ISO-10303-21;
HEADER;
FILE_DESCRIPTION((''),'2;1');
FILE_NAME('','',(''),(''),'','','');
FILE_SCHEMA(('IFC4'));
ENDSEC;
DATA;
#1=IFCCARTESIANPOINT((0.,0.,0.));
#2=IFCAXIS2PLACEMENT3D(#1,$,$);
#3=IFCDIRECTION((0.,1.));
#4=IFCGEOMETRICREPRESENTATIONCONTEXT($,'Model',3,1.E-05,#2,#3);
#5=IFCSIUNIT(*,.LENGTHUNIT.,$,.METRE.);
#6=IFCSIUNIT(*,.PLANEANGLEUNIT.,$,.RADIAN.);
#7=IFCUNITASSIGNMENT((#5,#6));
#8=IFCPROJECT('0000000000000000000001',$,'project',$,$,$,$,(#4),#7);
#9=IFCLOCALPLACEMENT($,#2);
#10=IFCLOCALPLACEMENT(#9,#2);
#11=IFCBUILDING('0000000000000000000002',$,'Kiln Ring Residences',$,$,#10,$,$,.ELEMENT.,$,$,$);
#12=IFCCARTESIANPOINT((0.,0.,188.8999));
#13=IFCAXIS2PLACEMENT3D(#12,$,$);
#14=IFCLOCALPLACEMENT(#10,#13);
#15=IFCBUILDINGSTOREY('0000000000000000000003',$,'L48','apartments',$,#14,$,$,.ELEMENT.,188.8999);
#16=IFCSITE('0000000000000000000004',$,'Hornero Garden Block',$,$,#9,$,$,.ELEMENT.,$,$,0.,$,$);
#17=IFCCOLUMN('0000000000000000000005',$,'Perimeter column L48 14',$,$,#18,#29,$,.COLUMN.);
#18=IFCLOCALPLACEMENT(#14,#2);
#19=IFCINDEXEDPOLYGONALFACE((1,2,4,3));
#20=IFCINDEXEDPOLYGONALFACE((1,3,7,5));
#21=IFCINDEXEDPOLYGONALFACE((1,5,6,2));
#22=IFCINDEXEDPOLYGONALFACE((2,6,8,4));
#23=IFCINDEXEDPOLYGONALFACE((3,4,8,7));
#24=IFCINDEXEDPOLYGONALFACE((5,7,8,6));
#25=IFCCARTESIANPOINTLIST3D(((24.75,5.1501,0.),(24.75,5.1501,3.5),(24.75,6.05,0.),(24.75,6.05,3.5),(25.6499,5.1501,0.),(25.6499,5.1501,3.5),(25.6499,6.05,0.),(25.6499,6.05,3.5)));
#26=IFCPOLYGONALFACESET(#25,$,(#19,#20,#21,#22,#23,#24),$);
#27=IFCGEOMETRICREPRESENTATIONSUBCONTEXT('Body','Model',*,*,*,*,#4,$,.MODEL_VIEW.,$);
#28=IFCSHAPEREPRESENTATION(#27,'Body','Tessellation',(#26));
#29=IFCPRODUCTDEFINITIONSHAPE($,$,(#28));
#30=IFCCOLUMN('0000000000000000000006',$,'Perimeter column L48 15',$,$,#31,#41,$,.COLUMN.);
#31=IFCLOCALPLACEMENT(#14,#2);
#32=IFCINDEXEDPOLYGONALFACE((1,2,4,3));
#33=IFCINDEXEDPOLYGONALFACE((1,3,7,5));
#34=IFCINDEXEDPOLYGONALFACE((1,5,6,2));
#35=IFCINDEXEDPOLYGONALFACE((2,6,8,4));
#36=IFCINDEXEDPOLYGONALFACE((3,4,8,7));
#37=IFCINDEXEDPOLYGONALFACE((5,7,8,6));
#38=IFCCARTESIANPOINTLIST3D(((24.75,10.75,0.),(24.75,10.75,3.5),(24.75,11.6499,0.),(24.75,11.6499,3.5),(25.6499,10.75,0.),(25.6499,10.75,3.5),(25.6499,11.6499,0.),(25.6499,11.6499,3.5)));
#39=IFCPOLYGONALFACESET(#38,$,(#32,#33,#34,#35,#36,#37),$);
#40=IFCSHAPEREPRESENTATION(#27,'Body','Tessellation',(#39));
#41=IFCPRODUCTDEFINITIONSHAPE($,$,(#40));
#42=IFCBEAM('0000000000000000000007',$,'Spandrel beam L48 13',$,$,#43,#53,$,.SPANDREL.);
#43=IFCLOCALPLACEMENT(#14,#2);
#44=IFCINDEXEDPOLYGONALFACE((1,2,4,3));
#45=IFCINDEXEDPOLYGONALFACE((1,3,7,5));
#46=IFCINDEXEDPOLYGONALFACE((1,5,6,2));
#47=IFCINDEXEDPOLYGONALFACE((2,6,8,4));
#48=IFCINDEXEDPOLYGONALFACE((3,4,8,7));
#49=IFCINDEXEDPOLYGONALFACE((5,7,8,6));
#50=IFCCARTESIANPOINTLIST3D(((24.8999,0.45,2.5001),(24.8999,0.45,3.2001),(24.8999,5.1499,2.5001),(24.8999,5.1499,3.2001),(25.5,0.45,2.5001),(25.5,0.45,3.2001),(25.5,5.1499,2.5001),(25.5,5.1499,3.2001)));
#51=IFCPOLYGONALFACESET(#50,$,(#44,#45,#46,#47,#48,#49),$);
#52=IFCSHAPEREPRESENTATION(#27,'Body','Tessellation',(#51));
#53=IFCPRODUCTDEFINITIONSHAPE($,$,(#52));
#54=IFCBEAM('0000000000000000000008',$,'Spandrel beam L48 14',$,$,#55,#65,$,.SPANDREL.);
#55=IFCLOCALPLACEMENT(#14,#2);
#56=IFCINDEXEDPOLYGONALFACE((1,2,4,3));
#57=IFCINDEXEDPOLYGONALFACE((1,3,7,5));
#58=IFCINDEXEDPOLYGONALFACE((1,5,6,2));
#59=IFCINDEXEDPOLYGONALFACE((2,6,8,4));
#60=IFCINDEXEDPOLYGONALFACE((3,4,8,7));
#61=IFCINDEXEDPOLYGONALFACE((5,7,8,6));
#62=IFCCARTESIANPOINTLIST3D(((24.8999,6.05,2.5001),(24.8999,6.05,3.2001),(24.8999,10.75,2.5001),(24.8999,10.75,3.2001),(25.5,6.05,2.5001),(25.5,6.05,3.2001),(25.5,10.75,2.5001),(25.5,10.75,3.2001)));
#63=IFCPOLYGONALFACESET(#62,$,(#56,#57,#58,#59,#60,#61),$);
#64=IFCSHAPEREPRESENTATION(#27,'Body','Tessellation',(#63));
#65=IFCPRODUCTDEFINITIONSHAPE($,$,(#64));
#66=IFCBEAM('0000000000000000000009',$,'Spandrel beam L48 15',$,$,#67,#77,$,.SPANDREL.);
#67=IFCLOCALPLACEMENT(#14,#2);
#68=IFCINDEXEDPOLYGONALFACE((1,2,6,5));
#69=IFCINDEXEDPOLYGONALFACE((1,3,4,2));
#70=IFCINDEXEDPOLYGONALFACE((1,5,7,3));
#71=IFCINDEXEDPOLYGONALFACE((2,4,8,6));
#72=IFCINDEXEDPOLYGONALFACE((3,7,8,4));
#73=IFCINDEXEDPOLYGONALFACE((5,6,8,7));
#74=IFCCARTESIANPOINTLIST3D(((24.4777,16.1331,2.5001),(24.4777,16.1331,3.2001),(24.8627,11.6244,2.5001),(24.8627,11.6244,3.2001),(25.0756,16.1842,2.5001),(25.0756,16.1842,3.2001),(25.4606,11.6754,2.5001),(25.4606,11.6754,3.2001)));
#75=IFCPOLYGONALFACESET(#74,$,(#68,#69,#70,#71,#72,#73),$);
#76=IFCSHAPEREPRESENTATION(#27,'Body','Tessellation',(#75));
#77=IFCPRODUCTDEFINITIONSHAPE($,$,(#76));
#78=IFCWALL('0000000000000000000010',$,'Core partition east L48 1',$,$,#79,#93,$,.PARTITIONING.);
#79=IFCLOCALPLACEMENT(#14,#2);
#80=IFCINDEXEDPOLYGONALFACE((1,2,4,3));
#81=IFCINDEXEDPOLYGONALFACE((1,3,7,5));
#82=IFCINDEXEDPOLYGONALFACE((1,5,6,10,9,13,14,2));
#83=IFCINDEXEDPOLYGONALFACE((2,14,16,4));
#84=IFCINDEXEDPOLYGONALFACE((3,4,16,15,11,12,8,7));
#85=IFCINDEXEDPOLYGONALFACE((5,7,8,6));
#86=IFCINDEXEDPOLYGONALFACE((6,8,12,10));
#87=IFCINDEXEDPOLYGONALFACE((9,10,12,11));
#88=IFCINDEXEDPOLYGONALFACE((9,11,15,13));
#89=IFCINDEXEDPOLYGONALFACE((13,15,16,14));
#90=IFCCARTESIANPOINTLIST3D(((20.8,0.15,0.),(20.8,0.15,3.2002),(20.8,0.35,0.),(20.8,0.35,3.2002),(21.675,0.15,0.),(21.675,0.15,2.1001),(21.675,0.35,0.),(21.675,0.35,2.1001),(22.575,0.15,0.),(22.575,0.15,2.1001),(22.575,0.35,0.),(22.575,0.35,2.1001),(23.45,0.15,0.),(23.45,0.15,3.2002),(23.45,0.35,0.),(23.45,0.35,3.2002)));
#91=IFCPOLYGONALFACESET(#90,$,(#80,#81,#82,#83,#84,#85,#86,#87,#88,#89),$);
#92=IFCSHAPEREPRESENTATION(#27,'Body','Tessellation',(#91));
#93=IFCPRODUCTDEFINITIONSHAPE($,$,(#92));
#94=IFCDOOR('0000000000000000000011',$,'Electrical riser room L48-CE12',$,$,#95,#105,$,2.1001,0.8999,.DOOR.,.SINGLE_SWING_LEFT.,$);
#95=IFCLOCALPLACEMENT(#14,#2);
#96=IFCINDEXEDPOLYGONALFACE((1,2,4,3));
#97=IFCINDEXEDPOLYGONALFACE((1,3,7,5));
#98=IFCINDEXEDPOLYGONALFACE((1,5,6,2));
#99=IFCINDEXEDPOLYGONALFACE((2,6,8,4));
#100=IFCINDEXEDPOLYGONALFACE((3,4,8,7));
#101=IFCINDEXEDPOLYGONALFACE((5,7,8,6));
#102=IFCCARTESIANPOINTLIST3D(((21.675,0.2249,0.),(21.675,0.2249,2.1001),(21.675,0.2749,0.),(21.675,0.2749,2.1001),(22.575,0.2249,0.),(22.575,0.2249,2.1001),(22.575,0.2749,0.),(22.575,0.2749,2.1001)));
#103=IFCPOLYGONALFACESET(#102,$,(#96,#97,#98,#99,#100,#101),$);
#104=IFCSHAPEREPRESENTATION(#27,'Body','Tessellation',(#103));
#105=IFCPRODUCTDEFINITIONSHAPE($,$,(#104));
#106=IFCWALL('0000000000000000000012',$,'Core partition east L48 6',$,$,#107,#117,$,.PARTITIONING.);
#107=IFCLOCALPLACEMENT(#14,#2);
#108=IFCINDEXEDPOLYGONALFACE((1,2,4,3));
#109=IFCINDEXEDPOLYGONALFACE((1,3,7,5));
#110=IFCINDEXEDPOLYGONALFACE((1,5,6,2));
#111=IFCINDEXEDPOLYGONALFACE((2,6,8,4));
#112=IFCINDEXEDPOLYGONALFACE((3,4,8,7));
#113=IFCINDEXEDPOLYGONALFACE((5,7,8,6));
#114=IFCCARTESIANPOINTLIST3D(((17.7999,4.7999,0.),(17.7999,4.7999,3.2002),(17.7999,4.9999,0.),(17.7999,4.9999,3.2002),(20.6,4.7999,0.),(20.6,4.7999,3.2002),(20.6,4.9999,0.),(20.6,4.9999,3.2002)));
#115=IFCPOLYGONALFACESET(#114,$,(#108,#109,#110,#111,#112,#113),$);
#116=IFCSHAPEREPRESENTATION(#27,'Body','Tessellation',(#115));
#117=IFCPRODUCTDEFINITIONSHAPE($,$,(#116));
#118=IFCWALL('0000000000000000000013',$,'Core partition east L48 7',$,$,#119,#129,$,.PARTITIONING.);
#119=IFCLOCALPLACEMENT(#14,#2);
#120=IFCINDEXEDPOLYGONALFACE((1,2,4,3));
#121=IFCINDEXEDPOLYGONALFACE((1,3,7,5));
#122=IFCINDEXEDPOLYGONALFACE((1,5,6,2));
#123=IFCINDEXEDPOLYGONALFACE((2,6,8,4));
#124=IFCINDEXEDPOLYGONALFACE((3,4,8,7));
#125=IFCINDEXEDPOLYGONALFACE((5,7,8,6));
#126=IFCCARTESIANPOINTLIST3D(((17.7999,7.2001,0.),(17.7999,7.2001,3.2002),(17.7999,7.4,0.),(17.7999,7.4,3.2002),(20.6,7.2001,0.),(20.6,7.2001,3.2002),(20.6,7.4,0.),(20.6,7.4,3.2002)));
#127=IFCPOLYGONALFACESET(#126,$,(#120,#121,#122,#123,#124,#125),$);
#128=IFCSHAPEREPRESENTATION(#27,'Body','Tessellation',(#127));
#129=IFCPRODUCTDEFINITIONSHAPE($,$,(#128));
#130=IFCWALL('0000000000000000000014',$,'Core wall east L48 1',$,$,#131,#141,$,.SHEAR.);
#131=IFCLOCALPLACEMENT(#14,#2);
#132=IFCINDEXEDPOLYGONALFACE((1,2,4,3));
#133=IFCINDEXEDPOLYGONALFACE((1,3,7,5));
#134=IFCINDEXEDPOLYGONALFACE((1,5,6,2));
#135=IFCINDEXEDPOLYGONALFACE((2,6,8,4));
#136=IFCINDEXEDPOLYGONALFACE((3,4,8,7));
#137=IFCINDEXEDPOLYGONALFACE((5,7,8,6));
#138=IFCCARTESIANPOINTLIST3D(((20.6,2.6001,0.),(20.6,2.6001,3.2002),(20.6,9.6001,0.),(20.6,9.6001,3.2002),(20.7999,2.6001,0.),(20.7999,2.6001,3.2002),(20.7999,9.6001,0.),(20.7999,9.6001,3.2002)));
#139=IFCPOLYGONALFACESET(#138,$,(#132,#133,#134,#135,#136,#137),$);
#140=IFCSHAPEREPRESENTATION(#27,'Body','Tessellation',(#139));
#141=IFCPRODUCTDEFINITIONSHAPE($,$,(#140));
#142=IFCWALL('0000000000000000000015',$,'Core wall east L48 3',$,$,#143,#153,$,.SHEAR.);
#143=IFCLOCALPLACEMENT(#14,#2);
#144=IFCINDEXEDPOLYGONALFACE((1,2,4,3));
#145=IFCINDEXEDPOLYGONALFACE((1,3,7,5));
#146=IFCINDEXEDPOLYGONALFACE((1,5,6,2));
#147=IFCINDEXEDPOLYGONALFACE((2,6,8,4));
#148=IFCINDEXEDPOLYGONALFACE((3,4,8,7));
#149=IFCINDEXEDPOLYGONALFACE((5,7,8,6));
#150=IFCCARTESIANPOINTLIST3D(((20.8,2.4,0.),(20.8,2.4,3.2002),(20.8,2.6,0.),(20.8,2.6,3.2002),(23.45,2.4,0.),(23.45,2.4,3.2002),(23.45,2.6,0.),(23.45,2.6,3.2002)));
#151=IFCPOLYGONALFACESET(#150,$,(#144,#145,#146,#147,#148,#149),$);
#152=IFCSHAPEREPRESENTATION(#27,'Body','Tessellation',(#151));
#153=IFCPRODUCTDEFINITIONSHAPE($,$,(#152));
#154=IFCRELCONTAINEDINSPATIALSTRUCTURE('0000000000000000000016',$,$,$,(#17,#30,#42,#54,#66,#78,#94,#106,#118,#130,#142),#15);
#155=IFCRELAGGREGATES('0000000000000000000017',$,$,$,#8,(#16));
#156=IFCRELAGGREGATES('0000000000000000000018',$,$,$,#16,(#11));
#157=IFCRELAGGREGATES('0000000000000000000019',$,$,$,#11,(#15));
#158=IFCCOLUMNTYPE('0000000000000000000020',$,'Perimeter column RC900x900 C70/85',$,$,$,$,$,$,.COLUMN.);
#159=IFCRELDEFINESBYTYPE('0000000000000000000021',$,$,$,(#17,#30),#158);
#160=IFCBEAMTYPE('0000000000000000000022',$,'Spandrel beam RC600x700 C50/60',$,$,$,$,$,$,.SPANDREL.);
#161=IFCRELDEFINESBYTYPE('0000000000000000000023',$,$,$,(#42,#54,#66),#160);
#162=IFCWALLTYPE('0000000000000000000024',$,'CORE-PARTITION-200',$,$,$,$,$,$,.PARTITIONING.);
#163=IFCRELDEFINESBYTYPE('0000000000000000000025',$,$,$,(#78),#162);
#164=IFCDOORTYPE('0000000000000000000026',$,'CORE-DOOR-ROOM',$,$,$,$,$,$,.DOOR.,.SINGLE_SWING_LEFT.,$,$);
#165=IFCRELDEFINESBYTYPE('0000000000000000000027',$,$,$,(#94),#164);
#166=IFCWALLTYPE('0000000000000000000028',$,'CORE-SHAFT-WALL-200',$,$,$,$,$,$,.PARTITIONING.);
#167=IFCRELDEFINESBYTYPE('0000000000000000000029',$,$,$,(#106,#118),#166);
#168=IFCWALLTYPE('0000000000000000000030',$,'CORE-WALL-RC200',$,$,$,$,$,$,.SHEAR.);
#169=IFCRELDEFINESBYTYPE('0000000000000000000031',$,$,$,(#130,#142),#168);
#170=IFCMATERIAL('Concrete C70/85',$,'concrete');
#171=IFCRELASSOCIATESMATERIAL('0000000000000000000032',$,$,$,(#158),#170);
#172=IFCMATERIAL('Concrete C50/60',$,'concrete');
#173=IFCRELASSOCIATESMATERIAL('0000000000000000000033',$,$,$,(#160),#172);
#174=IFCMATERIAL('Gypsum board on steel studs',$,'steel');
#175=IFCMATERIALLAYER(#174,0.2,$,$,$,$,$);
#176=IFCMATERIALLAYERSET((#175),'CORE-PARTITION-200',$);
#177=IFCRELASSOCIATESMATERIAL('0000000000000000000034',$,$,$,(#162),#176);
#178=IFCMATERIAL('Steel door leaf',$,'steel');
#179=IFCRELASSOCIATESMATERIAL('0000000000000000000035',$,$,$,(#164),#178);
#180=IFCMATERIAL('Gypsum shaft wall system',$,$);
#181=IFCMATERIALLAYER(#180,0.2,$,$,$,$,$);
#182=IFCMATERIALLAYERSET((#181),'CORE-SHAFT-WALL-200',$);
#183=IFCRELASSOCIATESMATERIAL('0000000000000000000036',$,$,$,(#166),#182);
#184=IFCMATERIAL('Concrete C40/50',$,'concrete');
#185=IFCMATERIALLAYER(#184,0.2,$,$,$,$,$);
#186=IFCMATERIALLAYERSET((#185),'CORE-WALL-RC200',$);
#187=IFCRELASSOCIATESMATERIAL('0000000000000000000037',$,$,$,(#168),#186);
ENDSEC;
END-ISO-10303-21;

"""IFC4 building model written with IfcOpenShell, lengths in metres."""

from ifc_helpers import new_model, si_unit, direction, frame, frame_2d, origin, origin_2d, place, context, subcontext, project, spatial, rectangle, extrude, material, layer, layer_set, material_profile, profile_set, type_object, element, fill, save


model = new_model("IFC4")

# Units and contexts
model_context = context("Model", 3, precision=1e-05, world=origin(), true_north=direction((0.0, 1.0)))
body_context = subcontext(model_context, "Body", "Model", "MODEL_VIEW")
ifc_project = project(units=[si_unit("LENGTHUNIT", "METRE"), si_unit("PLANEANGLEUNIT", "RADIAN")], contexts=[model_context])

# Site, building, storey
site_placement = place(None, origin())
site = spatial("IfcSite", under=ifc_project, at=site_placement, Name="Hornero Garden Block", CompositionType="ELEMENT", RefElevation=0.0)
building_placement = place(site_placement, origin())
building = spatial("IfcBuilding", under=site, at=building_placement, Name="Kiln Ring Residences", CompositionType="ELEMENT")
storey_placement = place(building_placement, frame((0.0, 0.0, 188.8999)))
storey = spatial("IfcBuildingStorey", under=building, at=storey_placement, Name="L48", Description="apartments", CompositionType="ELEMENT", Elevation=188.8999)

# Columns
ifc_material_1 = material(Name="Concrete C70/85", Category="concrete")
ifc_material_profile_1 = material_profile(ifc_material_1, rectangle(XDim=0.8999, YDim=0.8999, at=origin_2d()), Name="RC900x900")
ifc_profile_set_1 = profile_set([ifc_material_profile_1], Name="Concrete C70/85")
column_type = type_object("IfcColumnType", Name="Perimeter column RC900x900 C70/85", PredefinedType="COLUMN", material=ifc_profile_set_1)
for number, where, z_axis, x_axis, name in (
    (1, (25.2, 5.6001, 0.0), (0.0, 0.0, 1.0), (1.0, 0.0, 0.0), "Perimeter column L48 14"),
    (2, (25.2, 11.2, 0.0), (0.0, 0.0, 1.0), (1.0, 0.0, 0.0), "Perimeter column L48 15"),
):
    element("IfcColumn", number, at=place(storey_placement, frame(where, z_axis=z_axis, x_axis=x_axis)), inside=storey, type_object=column_type, Name=name, PredefinedType="COLUMN", context=body_context, shape_type="SweptSolid", body=[
        extrude(rectangle(XDim=0.8999, YDim=0.8999, at=origin_2d()), origin(), (0.0, 0.0, 1.0), 3.5),
    ])

# Beams
ifc_material_2 = material(Name="Concrete C50/60", Category="concrete")
ifc_material_profile_2 = material_profile(ifc_material_2, rectangle(XDim=0.6001, YDim=0.7, at=origin_2d()), Name="RC600x700")
ifc_profile_set_2 = profile_set([ifc_material_profile_2], Name="Concrete C50/60")
beam_type = type_object("IfcBeamType", Name="Spandrel beam RC600x700 C50/60", PredefinedType="SPANDREL", material=ifc_profile_set_2)
for number, where, z_axis, x_axis, name in (
    (3, (25.2, 0.45, 2.8501), (0.0, 1.0, 0.0), (-1.0, 0.0, 0.0), "Spandrel beam L48 13"),
    (4, (25.2, 6.05, 2.8501), (0.0, 1.0, 0.0), (-1.0, 0.0, 0.0), "Spandrel beam L48 14"),
):
    element("IfcBeam", number, at=place(storey_placement, frame(where, z_axis=z_axis, x_axis=x_axis)), inside=storey, type_object=beam_type, Name=name, PredefinedType="SPANDREL", context=body_context, shape_type="SweptSolid", body=[
        extrude(rectangle(XDim=0.6001, YDim=0.7, at=origin_2d()), origin(), (0.0, 0.0, 1.0), 4.7),
    ])
beam_placement = place(storey_placement, frame((25.1616, 11.6499, 2.8501), z_axis=(-0.085081, 0.996374, 0.0), x_axis=(-0.996374, -0.085081, 0.0)))
element("IfcBeam", 5, at=beam_placement, inside=storey, type_object=beam_type, Name="Spandrel beam L48 15", PredefinedType="SPANDREL", context=body_context, shape_type="SweptSolid", body=[
    extrude(rectangle(XDim=0.6001, YDim=0.7, at=origin_2d()), origin(), (0.0, 0.0, 1.0), 4.5251),
])

# Wall, opening, door
ifc_material_3 = material(Name="Gypsum board on steel studs", Category="steel")
ifc_layer_1 = layer(ifc_material_3, 0.2)
ifc_layer_set_1 = layer_set([ifc_layer_1], Name="CORE-PARTITION-200")
wall_type_1 = type_object("IfcWallType", Name="CORE-PARTITION-200", PredefinedType="PARTITIONING", material=ifc_layer_set_1)
wall_1_placement = place(storey_placement, frame((20.8, 0.25, 0.0), z_axis=(0.0, 0.0, 1.0), x_axis=(1.0, 0.0, 0.0)))
wall_1 = element("IfcWall", 6, at=wall_1_placement, inside=storey, type_object=wall_type_1, Name="Core partition east L48 1", PredefinedType="PARTITIONING", context=body_context, shape_type="SweptSolid", body=[
    extrude(rectangle(XDim=2.6499, YDim=0.2, at=frame_2d((1.325, 0.0))), origin(), (0.0, 0.0, 1.0), 3.2002),
])
opening_1_placement = place(wall_1_placement, frame((0.875, 0.0, 0.0)))
opening_1 = element("IfcOpeningElement", 7, at=opening_1_placement, cuts=wall_1, PredefinedType="OPENING", context=body_context, shape_type="SweptSolid", body=[
    extrude(rectangle(XDim=0.8999, YDim=2.1001, at=frame_2d((0.45, 1.05))), frame((0.0, 0.1099, 0.0), z_axis=(0.0, -1.0, 0.0), x_axis=(1.0, 0.0, 0.0)), (0.0, 0.0, 1.0), 0.22),
])
ifc_material_4 = material(Name="Steel door leaf", Category="steel")
door_type_1 = type_object("IfcDoorType", Name="CORE-DOOR-ROOM", OperationType="SINGLE_SWING_LEFT", PredefinedType="DOOR", material=ifc_material_4)
door_1_placement = place(opening_1_placement, origin())
door_1 = element("IfcDoor", 8, at=door_1_placement, inside=storey, type_object=door_type_1, Name="Electrical riser room L48-CE12", OperationType="SINGLE_SWING_LEFT", OverallHeight=2.1001, OverallWidth=0.8999, PredefinedType="DOOR", context=body_context, shape_type="SweptSolid", body=[
    extrude(rectangle(XDim=0.8999, YDim=2.1001, at=frame_2d((0.45, 1.05))), frame((0.0, 0.0249, 0.0), z_axis=(0.0, -1.0, 0.0), x_axis=(1.0, 0.0, 0.0)), (0.0, 0.0, 1.0), 0.05),
])
fill(opening_1, door_1)

# Walls
ifc_material_5 = material(Name="Gypsum shaft wall system")
ifc_layer_2 = layer(ifc_material_5, 0.2)
ifc_layer_set_2 = layer_set([ifc_layer_2], Name="CORE-SHAFT-WALL-200")
wall_type_2 = type_object("IfcWallType", Name="CORE-SHAFT-WALL-200", PredefinedType="PARTITIONING", material=ifc_layer_set_2)
for number, where, z_axis, x_axis, name in (
    (9, (17.8, 4.8999, 0.0), (0.0, 0.0, 1.0), (1.0, 0.0, 0.0), "Core partition east L48 6"),
    (10, (17.8, 7.3, 0.0), (0.0, 0.0, 1.0), (1.0, 0.0, 0.0), "Core partition east L48 7"),
):
    element("IfcWall", number, at=place(storey_placement, frame(where, z_axis=z_axis, x_axis=x_axis)), inside=storey, type_object=wall_type_2, Name=name, PredefinedType="PARTITIONING", context=body_context, shape_type="SweptSolid", body=[
        extrude(rectangle(XDim=2.8, YDim=0.2, at=frame_2d((1.3999, 0.0))), origin(), (0.0, 0.0, 1.0), 3.2002),
    ])
ifc_material_6 = material(Name="Concrete C40/50", Category="concrete")
ifc_layer_3 = layer(ifc_material_6, 0.2)
ifc_layer_set_3 = layer_set([ifc_layer_3], Name="CORE-WALL-RC200")
wall_type_3 = type_object("IfcWallType", Name="CORE-WALL-RC200", PredefinedType="SHEAR", material=ifc_layer_set_3)
wall_2_placement = place(storey_placement, frame((20.7, 2.6001, 0.0), z_axis=(0.0, 0.0, 1.0), x_axis=(0.0, 1.0, 0.0)))
element("IfcWall", 11, at=wall_2_placement, inside=storey, type_object=wall_type_3, Name="Core wall east L48 1", PredefinedType="SHEAR", context=body_context, shape_type="SweptSolid", body=[
    extrude(rectangle(XDim=7.0, YDim=0.2, at=frame_2d((3.5, 0.0))), origin(), (0.0, 0.0, 1.0), 3.2002),
])
wall_3_placement = place(storey_placement, frame((20.8, 2.5, 0.0), z_axis=(0.0, 0.0, 1.0), x_axis=(1.0, 0.0, 0.0)))
element("IfcWall", 12, at=wall_3_placement, inside=storey, type_object=wall_type_3, Name="Core wall east L48 3", PredefinedType="SHEAR", context=body_context, shape_type="SweptSolid", body=[
    extrude(rectangle(XDim=2.6499, YDim=0.2, at=frame_2d((1.325, 0.0))), origin(), (0.0, 0.0, 1.0), 3.2002),
])

save(model, "model.ifc")
